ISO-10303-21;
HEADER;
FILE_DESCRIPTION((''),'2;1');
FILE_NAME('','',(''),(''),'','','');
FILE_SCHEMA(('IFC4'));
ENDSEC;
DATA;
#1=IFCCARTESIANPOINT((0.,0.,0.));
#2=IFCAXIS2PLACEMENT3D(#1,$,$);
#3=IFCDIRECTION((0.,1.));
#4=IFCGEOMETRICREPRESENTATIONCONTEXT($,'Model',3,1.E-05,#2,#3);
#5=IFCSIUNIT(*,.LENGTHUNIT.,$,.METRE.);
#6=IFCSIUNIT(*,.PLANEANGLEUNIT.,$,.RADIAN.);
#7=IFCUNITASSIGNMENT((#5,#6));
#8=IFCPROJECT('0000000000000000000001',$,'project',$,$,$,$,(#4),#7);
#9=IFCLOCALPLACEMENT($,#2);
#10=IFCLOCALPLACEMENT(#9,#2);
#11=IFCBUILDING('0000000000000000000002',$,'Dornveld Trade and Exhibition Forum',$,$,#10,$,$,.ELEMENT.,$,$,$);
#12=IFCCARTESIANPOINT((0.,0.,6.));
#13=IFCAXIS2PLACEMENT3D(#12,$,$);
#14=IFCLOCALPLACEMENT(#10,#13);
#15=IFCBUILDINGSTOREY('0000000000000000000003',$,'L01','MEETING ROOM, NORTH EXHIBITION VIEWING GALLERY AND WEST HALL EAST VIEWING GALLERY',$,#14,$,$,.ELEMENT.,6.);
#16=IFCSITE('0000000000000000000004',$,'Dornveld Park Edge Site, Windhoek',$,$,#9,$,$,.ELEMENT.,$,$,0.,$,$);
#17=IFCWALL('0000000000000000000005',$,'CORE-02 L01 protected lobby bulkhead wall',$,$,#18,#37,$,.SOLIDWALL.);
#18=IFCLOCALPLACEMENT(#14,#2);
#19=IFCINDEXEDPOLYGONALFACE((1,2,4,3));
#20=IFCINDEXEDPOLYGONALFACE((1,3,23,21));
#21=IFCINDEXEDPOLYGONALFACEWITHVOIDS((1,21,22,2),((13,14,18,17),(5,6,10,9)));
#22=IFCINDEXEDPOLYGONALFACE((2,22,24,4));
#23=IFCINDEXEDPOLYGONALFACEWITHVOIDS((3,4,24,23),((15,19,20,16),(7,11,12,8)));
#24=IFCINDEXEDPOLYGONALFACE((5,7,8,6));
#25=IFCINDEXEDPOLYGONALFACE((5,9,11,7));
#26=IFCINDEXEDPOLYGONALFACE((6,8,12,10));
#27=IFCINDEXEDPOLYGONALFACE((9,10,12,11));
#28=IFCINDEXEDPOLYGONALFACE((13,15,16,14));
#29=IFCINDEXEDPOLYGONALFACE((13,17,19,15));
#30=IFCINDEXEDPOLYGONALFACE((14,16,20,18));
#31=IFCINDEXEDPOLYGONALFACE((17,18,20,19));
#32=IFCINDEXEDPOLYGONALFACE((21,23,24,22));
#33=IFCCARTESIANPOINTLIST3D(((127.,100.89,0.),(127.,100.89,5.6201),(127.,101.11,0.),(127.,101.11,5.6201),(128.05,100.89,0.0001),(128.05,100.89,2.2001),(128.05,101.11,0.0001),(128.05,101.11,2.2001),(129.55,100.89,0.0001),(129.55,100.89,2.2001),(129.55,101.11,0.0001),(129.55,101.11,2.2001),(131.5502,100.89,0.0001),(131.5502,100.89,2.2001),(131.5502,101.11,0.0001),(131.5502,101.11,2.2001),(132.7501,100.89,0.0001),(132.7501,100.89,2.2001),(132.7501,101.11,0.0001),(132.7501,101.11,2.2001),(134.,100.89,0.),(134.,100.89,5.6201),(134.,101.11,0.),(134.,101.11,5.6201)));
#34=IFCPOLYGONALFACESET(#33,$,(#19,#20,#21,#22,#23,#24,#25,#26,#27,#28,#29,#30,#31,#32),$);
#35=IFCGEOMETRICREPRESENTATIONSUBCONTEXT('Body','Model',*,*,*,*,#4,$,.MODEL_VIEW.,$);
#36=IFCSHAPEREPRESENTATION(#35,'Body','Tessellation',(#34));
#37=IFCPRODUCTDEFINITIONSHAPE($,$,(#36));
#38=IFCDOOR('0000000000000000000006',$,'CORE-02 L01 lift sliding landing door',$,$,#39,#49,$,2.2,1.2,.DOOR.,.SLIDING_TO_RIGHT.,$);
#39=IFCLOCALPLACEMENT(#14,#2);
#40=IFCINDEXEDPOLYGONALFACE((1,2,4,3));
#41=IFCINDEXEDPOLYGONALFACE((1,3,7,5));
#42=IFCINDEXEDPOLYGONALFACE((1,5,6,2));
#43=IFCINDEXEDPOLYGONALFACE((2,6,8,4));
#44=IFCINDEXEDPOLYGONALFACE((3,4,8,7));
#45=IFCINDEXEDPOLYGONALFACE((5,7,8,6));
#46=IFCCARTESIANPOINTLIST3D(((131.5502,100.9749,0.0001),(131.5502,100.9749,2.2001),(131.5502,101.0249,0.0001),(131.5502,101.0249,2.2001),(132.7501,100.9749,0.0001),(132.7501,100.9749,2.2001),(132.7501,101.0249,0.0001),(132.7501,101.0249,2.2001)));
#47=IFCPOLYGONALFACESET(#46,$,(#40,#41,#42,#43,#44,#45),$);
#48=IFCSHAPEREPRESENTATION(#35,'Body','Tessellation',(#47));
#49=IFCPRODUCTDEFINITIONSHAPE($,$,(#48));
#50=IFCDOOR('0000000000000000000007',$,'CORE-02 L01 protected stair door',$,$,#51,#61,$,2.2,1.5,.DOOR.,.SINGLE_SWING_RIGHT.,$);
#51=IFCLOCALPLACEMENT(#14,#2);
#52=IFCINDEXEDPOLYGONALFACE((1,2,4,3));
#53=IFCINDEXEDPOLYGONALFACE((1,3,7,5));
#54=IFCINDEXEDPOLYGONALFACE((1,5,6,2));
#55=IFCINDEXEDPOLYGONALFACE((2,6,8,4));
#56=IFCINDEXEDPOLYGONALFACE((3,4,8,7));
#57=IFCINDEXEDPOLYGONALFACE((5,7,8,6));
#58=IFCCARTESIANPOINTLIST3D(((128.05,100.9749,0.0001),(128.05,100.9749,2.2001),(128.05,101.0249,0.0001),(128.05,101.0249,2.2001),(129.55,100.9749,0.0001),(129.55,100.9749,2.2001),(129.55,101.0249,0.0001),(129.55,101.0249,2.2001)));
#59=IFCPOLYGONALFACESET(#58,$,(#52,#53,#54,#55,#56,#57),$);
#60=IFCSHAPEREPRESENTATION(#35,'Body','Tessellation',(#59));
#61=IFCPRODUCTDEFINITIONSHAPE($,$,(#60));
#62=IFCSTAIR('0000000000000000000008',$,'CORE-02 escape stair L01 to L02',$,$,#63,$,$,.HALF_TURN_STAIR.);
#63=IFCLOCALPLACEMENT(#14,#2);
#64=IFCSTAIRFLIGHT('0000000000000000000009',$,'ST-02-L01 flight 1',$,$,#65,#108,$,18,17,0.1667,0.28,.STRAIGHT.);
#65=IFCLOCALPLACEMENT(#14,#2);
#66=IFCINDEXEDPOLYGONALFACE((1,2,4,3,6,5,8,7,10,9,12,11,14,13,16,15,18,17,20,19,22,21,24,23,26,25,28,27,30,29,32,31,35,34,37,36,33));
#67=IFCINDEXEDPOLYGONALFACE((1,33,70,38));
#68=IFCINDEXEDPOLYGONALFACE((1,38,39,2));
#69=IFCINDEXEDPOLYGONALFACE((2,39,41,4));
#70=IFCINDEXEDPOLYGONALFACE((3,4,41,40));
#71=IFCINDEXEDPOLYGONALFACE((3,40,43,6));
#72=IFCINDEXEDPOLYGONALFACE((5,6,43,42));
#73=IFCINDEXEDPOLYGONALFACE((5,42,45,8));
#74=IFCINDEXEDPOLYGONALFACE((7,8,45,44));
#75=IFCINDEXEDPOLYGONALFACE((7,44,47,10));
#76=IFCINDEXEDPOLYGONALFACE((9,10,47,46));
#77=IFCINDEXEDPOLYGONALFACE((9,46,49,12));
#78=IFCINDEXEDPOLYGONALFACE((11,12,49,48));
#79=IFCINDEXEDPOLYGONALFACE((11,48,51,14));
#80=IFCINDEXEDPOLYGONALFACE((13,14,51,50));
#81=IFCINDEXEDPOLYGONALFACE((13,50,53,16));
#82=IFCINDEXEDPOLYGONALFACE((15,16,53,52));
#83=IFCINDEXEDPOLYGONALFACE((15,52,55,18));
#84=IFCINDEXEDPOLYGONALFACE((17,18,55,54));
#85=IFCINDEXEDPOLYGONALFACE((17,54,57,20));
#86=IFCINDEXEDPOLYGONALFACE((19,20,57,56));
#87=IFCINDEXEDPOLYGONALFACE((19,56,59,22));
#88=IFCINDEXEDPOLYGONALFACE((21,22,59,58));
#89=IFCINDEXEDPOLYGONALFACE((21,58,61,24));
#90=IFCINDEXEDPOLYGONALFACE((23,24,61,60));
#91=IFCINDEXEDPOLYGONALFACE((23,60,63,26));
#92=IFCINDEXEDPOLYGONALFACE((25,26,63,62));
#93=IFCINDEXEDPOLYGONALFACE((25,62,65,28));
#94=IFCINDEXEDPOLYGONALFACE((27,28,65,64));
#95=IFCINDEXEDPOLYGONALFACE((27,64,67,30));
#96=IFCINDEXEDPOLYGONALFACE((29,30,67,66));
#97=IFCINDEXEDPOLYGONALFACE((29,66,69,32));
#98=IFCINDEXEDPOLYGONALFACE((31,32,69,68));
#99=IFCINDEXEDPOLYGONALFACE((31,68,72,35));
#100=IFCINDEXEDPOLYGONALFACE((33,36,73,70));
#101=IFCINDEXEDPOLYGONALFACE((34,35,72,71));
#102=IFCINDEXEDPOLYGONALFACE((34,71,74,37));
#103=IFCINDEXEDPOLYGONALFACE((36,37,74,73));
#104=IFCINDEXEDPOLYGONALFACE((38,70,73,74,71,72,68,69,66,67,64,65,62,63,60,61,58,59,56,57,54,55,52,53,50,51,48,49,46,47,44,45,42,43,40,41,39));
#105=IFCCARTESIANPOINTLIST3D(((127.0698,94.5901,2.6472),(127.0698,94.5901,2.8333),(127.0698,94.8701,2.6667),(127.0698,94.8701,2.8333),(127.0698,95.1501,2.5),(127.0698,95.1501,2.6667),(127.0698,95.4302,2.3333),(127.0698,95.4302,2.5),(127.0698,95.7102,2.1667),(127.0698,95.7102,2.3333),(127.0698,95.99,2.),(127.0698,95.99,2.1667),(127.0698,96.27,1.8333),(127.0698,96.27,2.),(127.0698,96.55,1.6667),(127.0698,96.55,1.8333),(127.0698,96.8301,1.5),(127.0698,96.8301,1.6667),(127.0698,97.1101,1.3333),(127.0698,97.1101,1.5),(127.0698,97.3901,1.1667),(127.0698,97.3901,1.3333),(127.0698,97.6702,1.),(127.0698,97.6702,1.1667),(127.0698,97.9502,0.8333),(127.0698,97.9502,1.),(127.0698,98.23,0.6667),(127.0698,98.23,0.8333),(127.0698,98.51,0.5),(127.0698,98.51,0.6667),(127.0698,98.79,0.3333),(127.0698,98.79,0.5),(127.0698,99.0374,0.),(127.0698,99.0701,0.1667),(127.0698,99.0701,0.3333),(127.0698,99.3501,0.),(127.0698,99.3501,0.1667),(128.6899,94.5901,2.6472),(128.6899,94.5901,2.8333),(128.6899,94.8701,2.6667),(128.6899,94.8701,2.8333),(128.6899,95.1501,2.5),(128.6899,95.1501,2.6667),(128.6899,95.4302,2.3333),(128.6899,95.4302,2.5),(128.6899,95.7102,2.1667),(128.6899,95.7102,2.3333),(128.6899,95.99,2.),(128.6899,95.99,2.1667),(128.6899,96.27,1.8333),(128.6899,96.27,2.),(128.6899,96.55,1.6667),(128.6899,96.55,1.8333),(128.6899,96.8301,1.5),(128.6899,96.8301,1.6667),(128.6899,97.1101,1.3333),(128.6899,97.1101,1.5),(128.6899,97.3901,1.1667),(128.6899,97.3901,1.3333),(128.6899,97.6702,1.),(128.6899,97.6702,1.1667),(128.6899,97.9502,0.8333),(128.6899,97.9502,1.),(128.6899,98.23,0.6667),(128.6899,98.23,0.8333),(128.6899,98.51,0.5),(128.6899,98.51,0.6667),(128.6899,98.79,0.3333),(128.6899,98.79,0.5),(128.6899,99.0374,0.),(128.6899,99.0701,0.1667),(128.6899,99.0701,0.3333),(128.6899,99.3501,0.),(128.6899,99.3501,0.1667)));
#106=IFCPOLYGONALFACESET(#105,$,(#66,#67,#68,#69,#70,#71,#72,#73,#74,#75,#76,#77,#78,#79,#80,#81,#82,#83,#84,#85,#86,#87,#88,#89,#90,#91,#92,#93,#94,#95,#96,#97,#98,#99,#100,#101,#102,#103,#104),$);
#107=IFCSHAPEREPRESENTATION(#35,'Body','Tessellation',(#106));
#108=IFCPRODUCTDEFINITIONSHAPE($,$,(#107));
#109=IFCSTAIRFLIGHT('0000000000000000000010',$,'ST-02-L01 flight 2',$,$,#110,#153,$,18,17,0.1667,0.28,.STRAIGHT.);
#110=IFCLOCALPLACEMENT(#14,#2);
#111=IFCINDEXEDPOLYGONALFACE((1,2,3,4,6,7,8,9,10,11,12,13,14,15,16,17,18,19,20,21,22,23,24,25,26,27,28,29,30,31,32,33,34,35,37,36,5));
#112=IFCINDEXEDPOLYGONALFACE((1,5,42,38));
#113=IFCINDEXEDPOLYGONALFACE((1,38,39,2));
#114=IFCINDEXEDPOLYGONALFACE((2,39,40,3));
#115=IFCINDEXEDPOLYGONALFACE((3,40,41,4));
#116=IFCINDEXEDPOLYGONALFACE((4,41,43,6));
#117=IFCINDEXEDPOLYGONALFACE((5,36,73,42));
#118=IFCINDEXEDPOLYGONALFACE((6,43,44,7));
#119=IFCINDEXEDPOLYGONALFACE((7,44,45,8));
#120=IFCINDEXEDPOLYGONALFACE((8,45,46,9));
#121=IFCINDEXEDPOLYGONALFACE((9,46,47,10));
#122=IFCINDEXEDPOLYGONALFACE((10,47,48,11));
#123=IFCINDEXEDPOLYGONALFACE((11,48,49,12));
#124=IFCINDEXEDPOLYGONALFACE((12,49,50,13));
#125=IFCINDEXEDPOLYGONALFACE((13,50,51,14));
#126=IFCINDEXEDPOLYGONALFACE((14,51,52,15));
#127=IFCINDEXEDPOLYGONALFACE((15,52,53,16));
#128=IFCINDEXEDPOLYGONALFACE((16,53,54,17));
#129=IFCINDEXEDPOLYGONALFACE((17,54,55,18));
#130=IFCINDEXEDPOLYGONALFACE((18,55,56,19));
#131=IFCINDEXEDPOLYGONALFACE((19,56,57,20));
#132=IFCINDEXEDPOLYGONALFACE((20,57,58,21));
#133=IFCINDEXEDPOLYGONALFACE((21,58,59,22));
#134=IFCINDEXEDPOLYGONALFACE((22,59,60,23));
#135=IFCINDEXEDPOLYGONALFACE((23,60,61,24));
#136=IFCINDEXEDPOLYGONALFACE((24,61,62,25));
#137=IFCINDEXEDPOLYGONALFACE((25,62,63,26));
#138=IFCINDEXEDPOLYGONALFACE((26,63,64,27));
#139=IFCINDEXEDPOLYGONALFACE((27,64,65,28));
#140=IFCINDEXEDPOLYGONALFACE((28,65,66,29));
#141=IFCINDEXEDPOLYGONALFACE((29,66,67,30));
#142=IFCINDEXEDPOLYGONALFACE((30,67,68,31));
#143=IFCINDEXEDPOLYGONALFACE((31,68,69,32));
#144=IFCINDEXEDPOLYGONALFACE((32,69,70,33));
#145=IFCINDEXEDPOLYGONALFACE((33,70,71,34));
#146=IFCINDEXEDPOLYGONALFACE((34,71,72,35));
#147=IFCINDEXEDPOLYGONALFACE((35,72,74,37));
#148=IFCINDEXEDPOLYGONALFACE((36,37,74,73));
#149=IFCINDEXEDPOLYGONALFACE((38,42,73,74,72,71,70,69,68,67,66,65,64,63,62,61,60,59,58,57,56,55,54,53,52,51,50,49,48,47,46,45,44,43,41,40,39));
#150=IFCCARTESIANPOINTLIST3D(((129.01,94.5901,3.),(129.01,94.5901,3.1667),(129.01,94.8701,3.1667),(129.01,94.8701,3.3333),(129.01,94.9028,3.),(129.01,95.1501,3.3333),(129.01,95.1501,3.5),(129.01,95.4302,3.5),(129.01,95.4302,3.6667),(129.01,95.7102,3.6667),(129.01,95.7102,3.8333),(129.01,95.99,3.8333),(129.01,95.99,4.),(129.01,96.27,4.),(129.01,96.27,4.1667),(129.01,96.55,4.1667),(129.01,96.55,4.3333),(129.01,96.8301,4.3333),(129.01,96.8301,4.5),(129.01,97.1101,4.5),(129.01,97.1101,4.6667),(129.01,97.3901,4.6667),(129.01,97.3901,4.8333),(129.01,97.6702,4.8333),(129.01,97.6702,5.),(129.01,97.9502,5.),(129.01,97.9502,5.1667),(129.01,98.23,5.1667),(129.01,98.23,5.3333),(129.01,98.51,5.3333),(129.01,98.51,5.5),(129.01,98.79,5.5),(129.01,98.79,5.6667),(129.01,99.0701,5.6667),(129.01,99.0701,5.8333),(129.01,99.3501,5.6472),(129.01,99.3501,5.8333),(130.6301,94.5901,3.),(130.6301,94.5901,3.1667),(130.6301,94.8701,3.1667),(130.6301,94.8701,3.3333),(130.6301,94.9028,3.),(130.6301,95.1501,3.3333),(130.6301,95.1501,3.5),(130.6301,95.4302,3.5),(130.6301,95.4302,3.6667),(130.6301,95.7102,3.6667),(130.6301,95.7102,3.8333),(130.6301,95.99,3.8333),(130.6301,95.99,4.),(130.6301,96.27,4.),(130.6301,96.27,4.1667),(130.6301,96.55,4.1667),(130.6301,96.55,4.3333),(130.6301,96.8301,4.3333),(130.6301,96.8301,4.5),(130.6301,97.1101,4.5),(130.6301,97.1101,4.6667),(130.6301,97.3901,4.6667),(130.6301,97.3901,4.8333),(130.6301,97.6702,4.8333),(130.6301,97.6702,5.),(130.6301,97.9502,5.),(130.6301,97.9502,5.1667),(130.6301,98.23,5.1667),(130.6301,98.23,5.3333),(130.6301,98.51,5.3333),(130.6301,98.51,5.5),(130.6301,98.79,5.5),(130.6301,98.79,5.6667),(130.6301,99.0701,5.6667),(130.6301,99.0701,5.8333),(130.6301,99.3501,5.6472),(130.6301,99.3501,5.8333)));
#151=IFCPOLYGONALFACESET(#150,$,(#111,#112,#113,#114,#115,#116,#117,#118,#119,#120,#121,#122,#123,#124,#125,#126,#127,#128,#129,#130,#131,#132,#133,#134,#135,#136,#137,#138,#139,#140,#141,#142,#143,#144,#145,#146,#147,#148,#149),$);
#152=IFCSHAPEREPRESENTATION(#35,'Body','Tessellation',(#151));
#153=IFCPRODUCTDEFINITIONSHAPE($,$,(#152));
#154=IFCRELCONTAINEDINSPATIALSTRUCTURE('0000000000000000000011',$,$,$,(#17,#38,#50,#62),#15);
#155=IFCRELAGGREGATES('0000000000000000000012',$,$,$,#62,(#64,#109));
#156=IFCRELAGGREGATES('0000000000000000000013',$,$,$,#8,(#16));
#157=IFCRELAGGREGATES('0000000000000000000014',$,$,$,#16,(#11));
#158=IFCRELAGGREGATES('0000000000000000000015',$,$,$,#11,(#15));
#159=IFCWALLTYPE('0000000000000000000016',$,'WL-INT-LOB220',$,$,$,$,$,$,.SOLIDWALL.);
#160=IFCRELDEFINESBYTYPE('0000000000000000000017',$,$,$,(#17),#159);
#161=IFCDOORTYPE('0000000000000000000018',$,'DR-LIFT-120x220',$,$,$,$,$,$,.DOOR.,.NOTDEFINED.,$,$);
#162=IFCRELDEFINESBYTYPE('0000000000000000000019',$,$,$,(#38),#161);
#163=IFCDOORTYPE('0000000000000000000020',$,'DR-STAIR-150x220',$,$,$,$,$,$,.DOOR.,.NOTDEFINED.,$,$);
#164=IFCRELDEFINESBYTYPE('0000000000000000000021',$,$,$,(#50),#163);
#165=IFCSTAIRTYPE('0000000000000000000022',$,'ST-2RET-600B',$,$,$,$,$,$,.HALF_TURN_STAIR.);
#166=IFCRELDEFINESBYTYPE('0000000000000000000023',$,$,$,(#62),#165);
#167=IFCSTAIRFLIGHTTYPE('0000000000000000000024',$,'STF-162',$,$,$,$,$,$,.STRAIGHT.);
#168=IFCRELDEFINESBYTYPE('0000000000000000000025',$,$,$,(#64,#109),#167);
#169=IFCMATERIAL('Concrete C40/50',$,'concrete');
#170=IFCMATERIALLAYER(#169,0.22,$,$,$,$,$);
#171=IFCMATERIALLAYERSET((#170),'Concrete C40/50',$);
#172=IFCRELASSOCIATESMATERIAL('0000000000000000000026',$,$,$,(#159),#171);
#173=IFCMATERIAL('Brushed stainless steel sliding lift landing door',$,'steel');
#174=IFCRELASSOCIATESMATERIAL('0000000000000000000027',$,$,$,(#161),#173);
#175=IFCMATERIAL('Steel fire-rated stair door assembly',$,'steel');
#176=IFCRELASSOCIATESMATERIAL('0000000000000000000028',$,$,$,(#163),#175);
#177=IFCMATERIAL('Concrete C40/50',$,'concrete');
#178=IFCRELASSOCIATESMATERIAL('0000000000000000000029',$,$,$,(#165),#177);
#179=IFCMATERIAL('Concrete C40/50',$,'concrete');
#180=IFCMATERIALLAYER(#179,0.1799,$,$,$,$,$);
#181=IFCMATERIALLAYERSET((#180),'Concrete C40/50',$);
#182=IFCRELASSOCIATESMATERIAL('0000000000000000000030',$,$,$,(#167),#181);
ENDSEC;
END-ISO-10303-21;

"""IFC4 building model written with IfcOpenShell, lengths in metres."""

from ifc_helpers import new_model, si_unit, direction, frame, frame_2d, origin, place, context, subcontext, project, spatial, polyline, rectangle, outline, extrude, material, layer, layer_set, type_object, element, fill, aggregate, save


model = new_model("IFC4")

# Units and contexts
model_context = context("Model", 3, precision=1e-05, world=origin(), true_north=direction((0.0, 1.0)))
body_context = subcontext(model_context, "Body", "Model", "MODEL_VIEW")
ifc_project = project(units=[si_unit("LENGTHUNIT", "METRE"), si_unit("PLANEANGLEUNIT", "RADIAN")], contexts=[model_context])

# Site, building, storey
site_placement = place(None, origin())
site = spatial("IfcSite", under=ifc_project, at=site_placement, Name="Dornveld Park Edge Site, Windhoek", CompositionType="ELEMENT", RefElevation=0.0)
building_placement = place(site_placement, origin())
building = spatial("IfcBuilding", under=site, at=building_placement, Name="Dornveld Trade and Exhibition Forum", CompositionType="ELEMENT")
storey_placement = place(building_placement, frame((0.0, 0.0, 6.0)))
storey = spatial("IfcBuildingStorey", under=building, at=storey_placement, Name="L01", Description="MEETING ROOM, NORTH EXHIBITION VIEWING GALLERY AND WEST HALL EAST VIEWING GALLERY", CompositionType="ELEMENT", Elevation=6.0)

# Wall, openings, doors
ifc_material_1 = material(Name="Concrete C40/50", Category="concrete")
ifc_layer_1 = layer(ifc_material_1, 0.22)
ifc_layer_set_1 = layer_set([ifc_layer_1], Name="Concrete C40/50")
wall_type_1 = type_object("IfcWallType", Name="WL-INT-LOB220", PredefinedType="SOLIDWALL", material=ifc_layer_set_1)
wall_1_placement = place(storey_placement, frame((127.0, 101.0, 0.0), z_axis=(0.0, 0.0, 1.0), x_axis=(1.0, 0.0, 0.0)))
wall_1 = element("IfcWall", 1, at=wall_1_placement, inside=storey, type_object=wall_type_1, Name="CORE-02 L01 protected lobby bulkhead wall", PredefinedType="SOLIDWALL", context=body_context, shape_type="SweptSolid", body=[
    extrude(rectangle(XDim=7.0, YDim=0.22, at=frame_2d((3.5, 0.0))), origin(), (0.0, 0.0, 1.0), 5.6201),
])
opening_1_placement = place(wall_1_placement, frame((1.05, 0.0, 0.0)))
opening_1 = element("IfcOpeningElement", 2, at=opening_1_placement, cuts=wall_1, PredefinedType="OPENING", context=body_context, shape_type="SweptSolid", body=[
    extrude(rectangle(XDim=1.5, YDim=2.2, at=frame_2d((0.75, 1.1001))), frame((0.0, 0.1199, 0.0), z_axis=(0.0, -1.0, 0.0), x_axis=(1.0, 0.0, 0.0)), (0.0, 0.0, 1.0), 0.24),
])
opening_2_placement = place(wall_1_placement, frame((4.55, 0.0, 0.0)))
opening_2 = element("IfcOpeningElement", 3, at=opening_2_placement, cuts=wall_1, PredefinedType="OPENING", context=body_context, shape_type="SweptSolid", body=[
    extrude(rectangle(XDim=1.2, YDim=2.2, at=frame_2d((0.6001, 1.1001))), frame((0.0, 0.1199, 0.0), z_axis=(0.0, -1.0, 0.0), x_axis=(1.0, 0.0, 0.0)), (0.0, 0.0, 1.0), 0.24),
])
ifc_material_2 = material(Name="Brushed stainless steel sliding lift landing door", Category="steel")
door_type_1 = type_object("IfcDoorType", Name="DR-LIFT-120x220", OperationType="NOTDEFINED", PredefinedType="DOOR", material=ifc_material_2)
door_1_placement = place(opening_2_placement, origin())
door_1 = element("IfcDoor", 4, at=door_1_placement, inside=storey, type_object=door_type_1, Name="CORE-02 L01 lift sliding landing door", OperationType="SLIDING_TO_RIGHT", OverallHeight=2.2, OverallWidth=1.2, PredefinedType="DOOR", context=body_context, shape_type="SweptSolid", body=[
    extrude(rectangle(XDim=1.2, YDim=2.2, at=frame_2d((0.6001, 1.1001))), frame((0.0, 0.0249, 0.0), z_axis=(0.0, -1.0, 0.0), x_axis=(1.0, 0.0, 0.0)), (0.0, 0.0, 1.0), 0.05),
])
fill(opening_2, door_1)
ifc_material_3 = material(Name="Steel fire-rated stair door assembly", Category="steel")
door_type_2 = type_object("IfcDoorType", Name="DR-STAIR-150x220", OperationType="NOTDEFINED", PredefinedType="DOOR", material=ifc_material_3)
door_2_placement = place(opening_1_placement, origin())
door_2 = element("IfcDoor", 5, at=door_2_placement, inside=storey, type_object=door_type_2, Name="CORE-02 L01 protected stair door", OperationType="SINGLE_SWING_RIGHT", OverallHeight=2.2, OverallWidth=1.5, PredefinedType="DOOR", context=body_context, shape_type="SweptSolid", body=[
    extrude(rectangle(XDim=1.5, YDim=2.2, at=frame_2d((0.75, 1.1001))), frame((0.0, 0.0249, 0.0), z_axis=(0.0, -1.0, 0.0), x_axis=(1.0, 0.0, 0.0)), (0.0, 0.0, 1.0), 0.05),
])
fill(opening_1, door_2)

# Stair, stair flights
ifc_material_4 = material(Name="Concrete C40/50", Category="concrete")
stair_type = type_object("IfcStairType", Name="ST-2RET-600B", PredefinedType="HALF_TURN_STAIR", material=ifc_material_4)
stair_placement = place(storey_placement, origin())
stair = element("IfcStair", 6, at=stair_placement, inside=storey, type_object=stair_type, Name="CORE-02 escape stair L01 to L02", PredefinedType="HALF_TURN_STAIR")
ifc_material_5 = material(Name="Concrete C40/50", Category="concrete")
ifc_layer_2 = layer(ifc_material_5, 0.1799)
ifc_layer_set_2 = layer_set([ifc_layer_2], Name="Concrete C40/50")
stair_flight_type = type_object("IfcStairFlightType", Name="STF-162", PredefinedType="STRAIGHT", material=ifc_layer_set_2)
stair_flight_1_placement = place(storey_placement, frame((127.8799, 99.3501, 0.0), z_axis=(0.0, 0.0, 1.0), x_axis=(0.0, -1.0, 0.0)))
stair_flight_1 = element("IfcStairFlight", 7, at=stair_flight_1_placement, type_object=stair_flight_type, Name="ST-02-L01 flight 1", NumberOfRisers=18, NumberOfTreads=17, PredefinedType="STRAIGHT", RiserHeight=0.1667, TreadLength=0.28, context=body_context, shape_type="SweptSolid", body=[
    extrude(outline(polyline([(0.0, 0.0), (0.0, 0.1667), (0.28, 0.1667), (0.28, 0.3333), (0.5601, 0.3333), (0.5601, 0.5), (0.8401, 0.5), (0.8401, 0.6667), (1.1201, 0.6667), (1.1201, 0.8333), (1.3999, 0.8333), (1.3999, 1.0), (1.6799, 1.0), (1.6799, 1.1667), (1.96, 1.1667), (1.96, 1.3333), (2.24, 1.3333), (2.24, 1.5), (2.52, 1.5), (2.52, 1.6667), (2.8, 1.6667), (2.8, 1.8333), (3.0801, 1.8333), (3.0801, 2.0), (3.3601, 2.0), (3.3601, 2.1667), (3.6399, 2.1667), (3.6399, 2.3333), (3.9199, 2.3333), (3.9199, 2.5), (4.2, 2.5), (4.2, 2.6667), (4.48, 2.6667), (4.48, 2.8333), (4.76, 2.8333), (4.76, 3.0), (4.76, 2.6472), (0.3127, 0.0), (0.0, 0.0)])), frame((0.0, 0.8101, 0.0), z_axis=(0.0, -1.0, 0.0), x_axis=(1.0, 0.0, 0.0)), (0.0, 0.0, 1.0), 1.6201),
])
stair_flight_2_placement = place(storey_placement, frame((129.8201, 94.5901, 3.0), z_axis=(0.0, 0.0, 1.0), x_axis=(0.0, 1.0, 0.0)))
stair_flight_2 = element("IfcStairFlight", 8, at=stair_flight_2_placement, type_object=stair_flight_type, Name="ST-02-L01 flight 2", NumberOfRisers=18, NumberOfTreads=17, PredefinedType="STRAIGHT", RiserHeight=0.1667, TreadLength=0.28, context=body_context, shape_type="SweptSolid", body=[
    extrude(outline(polyline([(0.0, 0.0), (0.0, 0.1667), (0.28, 0.1667), (0.28, 0.3333), (0.5601, 0.3333), (0.5601, 0.5), (0.8401, 0.5), (0.8401, 0.6667), (1.1201, 0.6667), (1.1201, 0.8333), (1.3999, 0.8333), (1.3999, 1.0), (1.6799, 1.0), (1.6799, 1.1667), (1.96, 1.1667), (1.96, 1.3333), (2.24, 1.3333), (2.24, 1.5), (2.52, 1.5), (2.52, 1.6667), (2.8, 1.6667), (2.8, 1.8333), (3.0801, 1.8333), (3.0801, 2.0), (3.3601, 2.0), (3.3601, 2.1667), (3.6399, 2.1667), (3.6399, 2.3333), (3.9199, 2.3333), (3.9199, 2.5), (4.2, 2.5), (4.2, 2.6667), (4.48, 2.6667), (4.48, 2.8333), (4.76, 2.8333), (4.76, 3.0), (4.76, 2.6472), (0.3127, 0.0), (0.0, 0.0)])), frame((0.0, 0.8101, 0.0), z_axis=(0.0, -1.0, 0.0), x_axis=(1.0, 0.0, 0.0)), (0.0, 0.0, 1.0), 1.6201),
])
aggregate(stair, [stair_flight_1, stair_flight_2])

save(model, "model.ifc")
